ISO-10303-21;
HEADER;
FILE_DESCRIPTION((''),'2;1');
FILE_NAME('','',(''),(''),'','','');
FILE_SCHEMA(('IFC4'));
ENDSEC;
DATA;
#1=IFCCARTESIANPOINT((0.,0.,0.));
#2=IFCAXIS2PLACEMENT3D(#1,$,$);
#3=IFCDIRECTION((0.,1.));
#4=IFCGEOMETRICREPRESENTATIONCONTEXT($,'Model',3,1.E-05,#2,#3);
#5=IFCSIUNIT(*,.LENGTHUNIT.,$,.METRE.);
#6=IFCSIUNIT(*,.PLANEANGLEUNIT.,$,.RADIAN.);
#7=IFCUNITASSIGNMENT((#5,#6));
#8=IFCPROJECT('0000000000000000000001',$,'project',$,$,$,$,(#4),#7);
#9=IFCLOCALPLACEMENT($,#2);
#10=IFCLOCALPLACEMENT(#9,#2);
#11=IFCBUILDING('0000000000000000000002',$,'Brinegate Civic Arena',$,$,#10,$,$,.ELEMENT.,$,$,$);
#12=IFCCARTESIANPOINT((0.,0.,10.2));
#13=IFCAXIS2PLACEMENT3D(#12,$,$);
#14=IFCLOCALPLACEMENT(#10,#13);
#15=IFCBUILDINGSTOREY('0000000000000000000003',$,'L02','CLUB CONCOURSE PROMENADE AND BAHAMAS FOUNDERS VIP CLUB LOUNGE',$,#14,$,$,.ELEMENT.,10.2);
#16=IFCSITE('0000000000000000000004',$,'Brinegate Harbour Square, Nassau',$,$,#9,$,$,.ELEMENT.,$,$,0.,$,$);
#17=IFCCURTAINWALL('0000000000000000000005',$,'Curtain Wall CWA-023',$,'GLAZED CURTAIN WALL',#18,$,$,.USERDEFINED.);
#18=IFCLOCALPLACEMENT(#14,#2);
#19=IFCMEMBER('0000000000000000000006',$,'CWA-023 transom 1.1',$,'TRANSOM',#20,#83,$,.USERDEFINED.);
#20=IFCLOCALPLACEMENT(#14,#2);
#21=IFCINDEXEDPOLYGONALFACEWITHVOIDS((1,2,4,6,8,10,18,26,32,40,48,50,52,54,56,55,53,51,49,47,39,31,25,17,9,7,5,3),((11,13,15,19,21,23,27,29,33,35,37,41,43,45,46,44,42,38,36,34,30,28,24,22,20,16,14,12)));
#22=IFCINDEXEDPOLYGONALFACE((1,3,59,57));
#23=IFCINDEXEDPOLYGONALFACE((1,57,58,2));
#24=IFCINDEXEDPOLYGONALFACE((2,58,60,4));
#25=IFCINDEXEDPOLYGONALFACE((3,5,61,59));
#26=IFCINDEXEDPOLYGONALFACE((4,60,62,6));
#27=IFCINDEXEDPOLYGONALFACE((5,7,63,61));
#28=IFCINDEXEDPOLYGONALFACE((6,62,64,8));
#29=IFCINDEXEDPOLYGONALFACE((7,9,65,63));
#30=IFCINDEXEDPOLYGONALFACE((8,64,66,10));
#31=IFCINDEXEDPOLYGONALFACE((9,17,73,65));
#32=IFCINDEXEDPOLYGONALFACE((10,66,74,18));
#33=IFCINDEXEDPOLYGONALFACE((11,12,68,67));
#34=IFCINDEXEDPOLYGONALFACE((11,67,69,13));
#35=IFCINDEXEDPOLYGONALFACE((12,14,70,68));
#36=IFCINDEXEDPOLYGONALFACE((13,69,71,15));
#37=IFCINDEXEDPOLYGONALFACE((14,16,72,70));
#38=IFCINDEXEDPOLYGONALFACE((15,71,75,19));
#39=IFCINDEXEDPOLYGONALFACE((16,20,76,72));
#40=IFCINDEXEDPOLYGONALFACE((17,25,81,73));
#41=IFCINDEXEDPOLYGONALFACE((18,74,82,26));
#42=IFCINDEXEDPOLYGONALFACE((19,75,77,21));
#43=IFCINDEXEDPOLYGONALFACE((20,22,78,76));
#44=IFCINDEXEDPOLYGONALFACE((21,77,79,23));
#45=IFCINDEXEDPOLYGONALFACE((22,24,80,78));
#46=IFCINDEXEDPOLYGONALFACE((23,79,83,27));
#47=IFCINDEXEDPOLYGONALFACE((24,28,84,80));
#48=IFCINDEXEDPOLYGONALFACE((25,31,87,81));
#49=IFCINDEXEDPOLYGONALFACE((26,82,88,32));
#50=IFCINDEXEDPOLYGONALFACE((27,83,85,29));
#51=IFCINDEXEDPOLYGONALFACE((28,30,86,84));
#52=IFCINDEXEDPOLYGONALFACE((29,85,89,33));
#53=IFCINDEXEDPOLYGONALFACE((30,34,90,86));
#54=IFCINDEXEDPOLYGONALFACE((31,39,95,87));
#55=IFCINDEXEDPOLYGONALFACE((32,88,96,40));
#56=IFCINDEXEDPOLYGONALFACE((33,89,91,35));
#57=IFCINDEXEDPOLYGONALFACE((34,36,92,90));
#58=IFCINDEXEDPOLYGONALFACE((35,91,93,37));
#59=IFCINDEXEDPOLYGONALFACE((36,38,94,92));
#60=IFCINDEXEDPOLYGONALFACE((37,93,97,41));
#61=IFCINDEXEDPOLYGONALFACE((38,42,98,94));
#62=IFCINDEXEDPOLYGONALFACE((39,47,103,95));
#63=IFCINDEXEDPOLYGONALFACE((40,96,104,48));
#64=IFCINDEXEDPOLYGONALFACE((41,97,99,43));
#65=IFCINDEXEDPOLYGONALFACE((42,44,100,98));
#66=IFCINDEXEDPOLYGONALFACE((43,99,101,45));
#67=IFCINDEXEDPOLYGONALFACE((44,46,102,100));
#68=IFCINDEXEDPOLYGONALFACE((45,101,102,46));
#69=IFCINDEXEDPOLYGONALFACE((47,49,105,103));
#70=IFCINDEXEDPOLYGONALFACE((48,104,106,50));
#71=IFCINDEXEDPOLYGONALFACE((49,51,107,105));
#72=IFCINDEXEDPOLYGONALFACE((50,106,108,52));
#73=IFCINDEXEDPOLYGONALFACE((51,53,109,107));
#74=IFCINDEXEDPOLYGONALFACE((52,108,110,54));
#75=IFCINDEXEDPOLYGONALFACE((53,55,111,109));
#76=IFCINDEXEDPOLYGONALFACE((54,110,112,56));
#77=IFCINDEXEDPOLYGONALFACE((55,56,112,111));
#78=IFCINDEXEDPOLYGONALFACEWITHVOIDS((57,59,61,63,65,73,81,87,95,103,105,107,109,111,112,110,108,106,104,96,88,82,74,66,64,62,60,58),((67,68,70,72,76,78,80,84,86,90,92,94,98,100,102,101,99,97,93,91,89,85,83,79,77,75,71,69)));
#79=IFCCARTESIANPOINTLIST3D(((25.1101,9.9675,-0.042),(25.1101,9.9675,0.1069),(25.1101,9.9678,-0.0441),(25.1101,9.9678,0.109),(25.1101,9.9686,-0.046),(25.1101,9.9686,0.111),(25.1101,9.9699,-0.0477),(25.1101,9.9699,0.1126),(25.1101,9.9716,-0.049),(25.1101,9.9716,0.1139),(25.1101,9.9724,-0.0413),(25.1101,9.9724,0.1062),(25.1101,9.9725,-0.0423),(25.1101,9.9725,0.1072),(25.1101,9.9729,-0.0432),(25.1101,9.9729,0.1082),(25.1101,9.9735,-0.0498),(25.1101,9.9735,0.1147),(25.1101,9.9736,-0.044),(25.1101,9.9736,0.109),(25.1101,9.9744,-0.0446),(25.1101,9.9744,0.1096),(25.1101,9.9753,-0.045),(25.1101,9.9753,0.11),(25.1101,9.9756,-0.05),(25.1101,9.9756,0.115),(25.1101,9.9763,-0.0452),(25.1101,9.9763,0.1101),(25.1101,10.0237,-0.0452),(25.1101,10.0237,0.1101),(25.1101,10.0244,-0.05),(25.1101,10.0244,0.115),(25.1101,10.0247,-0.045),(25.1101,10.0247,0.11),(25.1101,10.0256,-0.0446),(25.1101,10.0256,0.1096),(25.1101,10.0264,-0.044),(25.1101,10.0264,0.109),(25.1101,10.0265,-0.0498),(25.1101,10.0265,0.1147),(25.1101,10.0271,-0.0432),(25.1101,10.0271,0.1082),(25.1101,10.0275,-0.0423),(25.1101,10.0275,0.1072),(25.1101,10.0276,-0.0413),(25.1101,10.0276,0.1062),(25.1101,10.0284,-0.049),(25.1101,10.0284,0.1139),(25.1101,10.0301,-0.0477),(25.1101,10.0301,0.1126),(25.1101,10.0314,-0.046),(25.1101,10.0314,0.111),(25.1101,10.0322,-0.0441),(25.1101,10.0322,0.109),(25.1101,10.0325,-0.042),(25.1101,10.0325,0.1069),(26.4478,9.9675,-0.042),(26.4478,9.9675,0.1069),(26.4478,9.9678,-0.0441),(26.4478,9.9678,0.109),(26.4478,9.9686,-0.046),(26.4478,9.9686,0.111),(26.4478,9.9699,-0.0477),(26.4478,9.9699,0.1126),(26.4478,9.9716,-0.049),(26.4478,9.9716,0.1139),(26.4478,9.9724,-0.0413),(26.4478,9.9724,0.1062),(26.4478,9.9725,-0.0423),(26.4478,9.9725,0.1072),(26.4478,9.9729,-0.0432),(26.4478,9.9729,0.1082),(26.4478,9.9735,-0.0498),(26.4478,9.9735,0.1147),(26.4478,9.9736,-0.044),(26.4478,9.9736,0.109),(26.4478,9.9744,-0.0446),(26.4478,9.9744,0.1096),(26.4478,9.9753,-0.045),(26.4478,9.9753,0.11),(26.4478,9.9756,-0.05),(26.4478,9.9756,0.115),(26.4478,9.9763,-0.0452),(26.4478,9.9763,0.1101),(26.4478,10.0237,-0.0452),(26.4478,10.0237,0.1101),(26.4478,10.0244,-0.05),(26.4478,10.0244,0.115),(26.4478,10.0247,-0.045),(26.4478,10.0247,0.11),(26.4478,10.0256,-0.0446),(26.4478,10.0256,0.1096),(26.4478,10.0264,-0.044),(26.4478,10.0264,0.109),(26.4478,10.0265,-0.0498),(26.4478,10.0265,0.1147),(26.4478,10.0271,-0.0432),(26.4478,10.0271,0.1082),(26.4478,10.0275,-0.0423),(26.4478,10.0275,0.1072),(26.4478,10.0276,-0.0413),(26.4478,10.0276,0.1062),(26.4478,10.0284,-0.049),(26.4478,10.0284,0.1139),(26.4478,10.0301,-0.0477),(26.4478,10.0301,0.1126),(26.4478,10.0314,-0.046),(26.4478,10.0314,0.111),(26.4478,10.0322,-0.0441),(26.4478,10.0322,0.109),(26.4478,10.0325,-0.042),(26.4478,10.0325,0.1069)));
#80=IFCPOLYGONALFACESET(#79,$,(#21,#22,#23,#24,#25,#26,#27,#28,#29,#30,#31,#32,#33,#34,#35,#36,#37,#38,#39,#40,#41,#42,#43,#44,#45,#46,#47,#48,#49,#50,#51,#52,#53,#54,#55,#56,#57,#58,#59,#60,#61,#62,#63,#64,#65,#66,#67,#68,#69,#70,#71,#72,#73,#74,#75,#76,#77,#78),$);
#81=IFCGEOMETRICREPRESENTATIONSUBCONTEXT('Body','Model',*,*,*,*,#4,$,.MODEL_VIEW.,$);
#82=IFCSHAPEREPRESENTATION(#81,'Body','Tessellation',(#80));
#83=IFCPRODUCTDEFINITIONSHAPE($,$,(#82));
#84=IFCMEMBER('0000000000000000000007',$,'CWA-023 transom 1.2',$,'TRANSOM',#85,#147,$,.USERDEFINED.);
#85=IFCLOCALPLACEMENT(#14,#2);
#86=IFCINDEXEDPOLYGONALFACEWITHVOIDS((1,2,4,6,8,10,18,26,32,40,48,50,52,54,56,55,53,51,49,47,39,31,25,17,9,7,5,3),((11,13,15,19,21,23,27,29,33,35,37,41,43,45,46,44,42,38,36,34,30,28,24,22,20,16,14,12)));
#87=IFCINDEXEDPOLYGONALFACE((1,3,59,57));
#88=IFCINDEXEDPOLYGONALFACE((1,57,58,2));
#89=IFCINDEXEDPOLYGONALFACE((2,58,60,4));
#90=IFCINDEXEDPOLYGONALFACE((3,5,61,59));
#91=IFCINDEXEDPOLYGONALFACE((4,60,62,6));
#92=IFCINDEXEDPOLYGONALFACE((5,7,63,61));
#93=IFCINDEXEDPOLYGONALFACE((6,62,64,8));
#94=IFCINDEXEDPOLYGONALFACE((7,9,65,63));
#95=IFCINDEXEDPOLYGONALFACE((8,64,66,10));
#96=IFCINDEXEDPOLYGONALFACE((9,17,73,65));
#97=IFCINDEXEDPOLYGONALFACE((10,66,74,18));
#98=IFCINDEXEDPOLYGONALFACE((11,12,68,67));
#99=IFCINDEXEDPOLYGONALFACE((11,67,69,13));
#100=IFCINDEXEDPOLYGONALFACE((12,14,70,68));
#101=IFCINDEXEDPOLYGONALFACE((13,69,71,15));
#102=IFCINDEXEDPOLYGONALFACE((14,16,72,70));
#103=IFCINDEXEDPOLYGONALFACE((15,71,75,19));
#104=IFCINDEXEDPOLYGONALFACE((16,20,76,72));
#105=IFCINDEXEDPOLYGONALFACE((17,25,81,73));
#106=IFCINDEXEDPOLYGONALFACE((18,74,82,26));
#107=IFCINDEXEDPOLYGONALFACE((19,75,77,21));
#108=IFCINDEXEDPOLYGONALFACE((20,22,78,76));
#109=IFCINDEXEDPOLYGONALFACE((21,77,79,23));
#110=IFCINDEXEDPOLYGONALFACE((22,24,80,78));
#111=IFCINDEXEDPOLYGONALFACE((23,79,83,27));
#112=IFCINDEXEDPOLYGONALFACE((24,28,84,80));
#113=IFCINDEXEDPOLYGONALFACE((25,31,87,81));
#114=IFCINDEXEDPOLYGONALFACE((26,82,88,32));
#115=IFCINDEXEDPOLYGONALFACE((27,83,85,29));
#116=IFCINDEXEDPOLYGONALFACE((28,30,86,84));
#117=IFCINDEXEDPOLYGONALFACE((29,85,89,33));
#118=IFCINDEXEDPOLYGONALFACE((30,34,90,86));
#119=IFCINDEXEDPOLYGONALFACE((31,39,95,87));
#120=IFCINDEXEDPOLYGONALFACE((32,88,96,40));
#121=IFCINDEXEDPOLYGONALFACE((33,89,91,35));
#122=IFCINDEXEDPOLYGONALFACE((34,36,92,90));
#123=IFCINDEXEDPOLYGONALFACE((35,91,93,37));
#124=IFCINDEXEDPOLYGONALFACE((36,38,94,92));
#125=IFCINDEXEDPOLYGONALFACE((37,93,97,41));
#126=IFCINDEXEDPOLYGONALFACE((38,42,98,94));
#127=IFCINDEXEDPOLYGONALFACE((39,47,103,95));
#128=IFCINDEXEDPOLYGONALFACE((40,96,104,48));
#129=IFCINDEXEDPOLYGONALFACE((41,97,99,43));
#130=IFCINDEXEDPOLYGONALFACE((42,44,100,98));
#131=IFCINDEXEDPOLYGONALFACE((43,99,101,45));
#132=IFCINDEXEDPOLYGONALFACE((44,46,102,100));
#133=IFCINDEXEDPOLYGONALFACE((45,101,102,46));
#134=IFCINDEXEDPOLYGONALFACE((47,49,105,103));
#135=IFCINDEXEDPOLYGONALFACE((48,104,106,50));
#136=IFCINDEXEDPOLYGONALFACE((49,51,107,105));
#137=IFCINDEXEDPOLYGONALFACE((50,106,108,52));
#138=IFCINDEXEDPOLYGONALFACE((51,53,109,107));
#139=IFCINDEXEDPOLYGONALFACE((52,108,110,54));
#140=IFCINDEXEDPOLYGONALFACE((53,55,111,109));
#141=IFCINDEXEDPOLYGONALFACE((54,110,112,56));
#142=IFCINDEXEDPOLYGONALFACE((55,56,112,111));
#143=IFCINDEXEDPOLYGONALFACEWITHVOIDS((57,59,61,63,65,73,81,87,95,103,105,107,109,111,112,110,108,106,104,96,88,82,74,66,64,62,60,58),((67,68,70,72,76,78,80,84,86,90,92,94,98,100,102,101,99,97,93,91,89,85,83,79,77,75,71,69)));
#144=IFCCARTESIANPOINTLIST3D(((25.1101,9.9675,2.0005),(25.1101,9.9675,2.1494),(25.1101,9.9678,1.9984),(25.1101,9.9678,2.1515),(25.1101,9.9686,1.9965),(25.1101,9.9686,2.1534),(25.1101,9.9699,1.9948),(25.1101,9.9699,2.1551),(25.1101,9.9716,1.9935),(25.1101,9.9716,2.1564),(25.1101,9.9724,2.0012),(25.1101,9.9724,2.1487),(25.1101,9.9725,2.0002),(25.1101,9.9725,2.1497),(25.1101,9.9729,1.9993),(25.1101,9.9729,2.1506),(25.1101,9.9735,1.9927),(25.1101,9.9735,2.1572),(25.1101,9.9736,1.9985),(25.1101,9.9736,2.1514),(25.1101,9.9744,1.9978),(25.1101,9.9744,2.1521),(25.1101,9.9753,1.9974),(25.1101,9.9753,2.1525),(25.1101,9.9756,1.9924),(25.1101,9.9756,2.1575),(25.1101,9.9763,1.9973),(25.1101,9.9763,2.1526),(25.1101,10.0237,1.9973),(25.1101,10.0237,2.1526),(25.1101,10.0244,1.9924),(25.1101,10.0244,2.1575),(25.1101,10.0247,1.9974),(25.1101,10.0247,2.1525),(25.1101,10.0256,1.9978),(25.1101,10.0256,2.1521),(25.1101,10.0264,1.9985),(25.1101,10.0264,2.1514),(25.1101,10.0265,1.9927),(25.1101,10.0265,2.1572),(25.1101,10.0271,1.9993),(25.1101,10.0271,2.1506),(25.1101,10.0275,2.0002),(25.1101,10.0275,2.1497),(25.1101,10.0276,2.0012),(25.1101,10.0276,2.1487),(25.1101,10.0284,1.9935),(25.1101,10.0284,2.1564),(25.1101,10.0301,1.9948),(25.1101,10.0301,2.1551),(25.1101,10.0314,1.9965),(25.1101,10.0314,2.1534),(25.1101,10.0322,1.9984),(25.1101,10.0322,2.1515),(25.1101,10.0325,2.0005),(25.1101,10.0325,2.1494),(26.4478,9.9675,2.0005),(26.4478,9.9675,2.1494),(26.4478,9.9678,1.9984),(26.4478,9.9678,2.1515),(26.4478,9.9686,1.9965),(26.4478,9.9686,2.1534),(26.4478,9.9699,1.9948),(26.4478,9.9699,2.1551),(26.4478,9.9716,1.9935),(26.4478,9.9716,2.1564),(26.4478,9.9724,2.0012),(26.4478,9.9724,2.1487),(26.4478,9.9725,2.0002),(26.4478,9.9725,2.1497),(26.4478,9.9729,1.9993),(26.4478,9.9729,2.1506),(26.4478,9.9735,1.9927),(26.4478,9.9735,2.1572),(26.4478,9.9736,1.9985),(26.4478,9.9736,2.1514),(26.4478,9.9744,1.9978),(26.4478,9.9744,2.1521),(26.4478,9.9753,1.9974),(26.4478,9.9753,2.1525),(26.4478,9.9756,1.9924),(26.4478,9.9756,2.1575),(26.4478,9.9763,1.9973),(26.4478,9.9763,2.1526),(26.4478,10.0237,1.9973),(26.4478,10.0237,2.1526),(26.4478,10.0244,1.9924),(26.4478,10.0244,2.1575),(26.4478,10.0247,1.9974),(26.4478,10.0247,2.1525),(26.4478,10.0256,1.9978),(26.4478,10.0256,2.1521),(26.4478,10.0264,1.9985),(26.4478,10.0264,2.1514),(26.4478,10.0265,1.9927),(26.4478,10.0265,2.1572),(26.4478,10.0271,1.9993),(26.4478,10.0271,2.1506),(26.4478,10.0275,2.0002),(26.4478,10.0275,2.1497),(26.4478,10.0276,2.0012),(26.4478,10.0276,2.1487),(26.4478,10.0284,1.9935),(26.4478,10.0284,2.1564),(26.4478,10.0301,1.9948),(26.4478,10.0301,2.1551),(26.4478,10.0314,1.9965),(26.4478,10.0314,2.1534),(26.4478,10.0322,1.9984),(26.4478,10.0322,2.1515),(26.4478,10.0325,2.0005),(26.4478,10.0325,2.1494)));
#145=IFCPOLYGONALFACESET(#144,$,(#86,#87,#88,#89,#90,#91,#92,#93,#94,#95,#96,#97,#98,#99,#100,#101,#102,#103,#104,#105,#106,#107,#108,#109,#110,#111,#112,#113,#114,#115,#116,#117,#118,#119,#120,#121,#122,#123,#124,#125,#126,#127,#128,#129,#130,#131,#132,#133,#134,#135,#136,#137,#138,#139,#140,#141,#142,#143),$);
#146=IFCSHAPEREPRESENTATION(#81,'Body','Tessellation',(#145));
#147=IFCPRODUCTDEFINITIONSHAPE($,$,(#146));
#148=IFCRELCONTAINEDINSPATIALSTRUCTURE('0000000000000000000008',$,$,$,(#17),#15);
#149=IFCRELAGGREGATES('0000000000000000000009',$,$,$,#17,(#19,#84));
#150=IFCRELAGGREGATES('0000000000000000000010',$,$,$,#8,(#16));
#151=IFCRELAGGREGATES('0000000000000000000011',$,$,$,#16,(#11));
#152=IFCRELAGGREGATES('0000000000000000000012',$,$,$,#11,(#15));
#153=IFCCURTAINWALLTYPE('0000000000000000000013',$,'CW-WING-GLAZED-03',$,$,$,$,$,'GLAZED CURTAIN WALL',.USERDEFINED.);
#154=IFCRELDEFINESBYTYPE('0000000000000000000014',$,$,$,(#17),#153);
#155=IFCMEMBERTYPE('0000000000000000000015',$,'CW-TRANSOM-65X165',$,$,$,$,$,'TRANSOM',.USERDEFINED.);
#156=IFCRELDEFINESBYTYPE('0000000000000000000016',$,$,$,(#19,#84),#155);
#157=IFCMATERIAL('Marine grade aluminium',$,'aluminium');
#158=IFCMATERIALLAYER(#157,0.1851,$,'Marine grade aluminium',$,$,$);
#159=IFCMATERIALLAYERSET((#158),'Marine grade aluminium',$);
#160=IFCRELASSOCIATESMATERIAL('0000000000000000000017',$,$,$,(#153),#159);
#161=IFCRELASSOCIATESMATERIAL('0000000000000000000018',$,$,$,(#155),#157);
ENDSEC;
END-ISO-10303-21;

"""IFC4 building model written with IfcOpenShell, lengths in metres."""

from ifc_helpers import new_model, si_unit, direction, frame, origin, origin_2d, place, context, subcontext, project, spatial, hollow_rectangle, extrude, material, layer, layer_set, material_profile, profile_set, type_object, element, aggregate, save


model = new_model("IFC4")

# Units and contexts
model_context = context("Model", 3, precision=1e-05, world=origin(), true_north=direction((0.0, 1.0)))
body_context = subcontext(model_context, "Body", "Model", "MODEL_VIEW")
ifc_project = project(units=[si_unit("LENGTHUNIT", "METRE"), si_unit("PLANEANGLEUNIT", "RADIAN")], contexts=[model_context])

# Site, building, storey
site_placement = place(None, origin())
site = spatial("IfcSite", under=ifc_project, at=site_placement, Name="Brinegate Harbour Square, Nassau", CompositionType="ELEMENT", RefElevation=0.0)
building_placement = place(site_placement, origin())
building = spatial("IfcBuilding", under=site, at=building_placement, Name="Brinegate Civic Arena", CompositionType="ELEMENT")
storey_placement = place(building_placement, frame((0.0, 0.0, 10.2)))
storey = spatial("IfcBuildingStorey", under=building, at=storey_placement, Name="L02", Description="CLUB CONCOURSE PROMENADE AND BAHAMAS FOUNDERS VIP CLUB LOUNGE", CompositionType="ELEMENT", Elevation=10.2)

# Curtain wall, members
ifc_material_1 = material(Name="Marine grade aluminium", Category="aluminium")
ifc_layer_1 = layer(ifc_material_1, 0.1851, Name="Marine grade aluminium")
ifc_layer_set_1 = layer_set([ifc_layer_1], Name="Marine grade aluminium")
curtain_wall_type = type_object("IfcCurtainWallType", Name="CW-WING-GLAZED-03", ElementType="GLAZED CURTAIN WALL", PredefinedType="USERDEFINED", material=ifc_layer_set_1)
curtain_wall_placement = place(storey_placement, origin())
curtain_wall = element("IfcCurtainWall", 1, at=curtain_wall_placement, inside=storey, type_object=curtain_wall_type, Name="Curtain Wall CWA-023", ObjectType="GLAZED CURTAIN WALL", PredefinedType="USERDEFINED")
ifc_material_profile_1 = material_profile(ifc_material_1, hollow_rectangle(XDim=0.0649, YDim=0.165, WallThickness=0.0049, InnerFilletRadius=0.0039, OuterFilletRadius=0.0081, at=origin_2d()), Name="TRN65X165")
ifc_profile_set_1 = profile_set([ifc_material_profile_1], Name="Marine grade aluminium")
member_type_1 = type_object("IfcMemberType", Name="CW-TRANSOM-65X165", ElementType="TRANSOM", PredefinedType="USERDEFINED", material=ifc_profile_set_1)
member_1_placement = place(storey_placement, frame((25.1101, 10.0, 0.0325), z_axis=(1.0, 0.0, 0.0), x_axis=(0.0, 1.0, 0.0)))
member_1 = element("IfcMember", 2, at=member_1_placement, type_object=member_type_1, Name="CWA-023 transom 1.1", ObjectType="TRANSOM", PredefinedType="USERDEFINED", context=body_context, shape_type="SweptSolid", body=[
    extrude(hollow_rectangle(XDim=0.0649, YDim=0.165, WallThickness=0.0049, InnerFilletRadius=0.0039, OuterFilletRadius=0.0081, at=origin_2d()), origin(), (0.0, 0.0, 1.0), 1.3376),
])
member_2_placement = place(storey_placement, frame((25.1101, 10.0, 2.075), z_axis=(1.0, 0.0, 0.0), x_axis=(0.0, 1.0, 0.0)))
member_2 = element("IfcMember", 3, at=member_2_placement, type_object=member_type_1, Name="CWA-023 transom 1.2", ObjectType="TRANSOM", PredefinedType="USERDEFINED", context=body_context, shape_type="SweptSolid", body=[
    extrude(hollow_rectangle(XDim=0.0649, YDim=0.165, WallThickness=0.0049, InnerFilletRadius=0.0039, OuterFilletRadius=0.0081, at=origin_2d()), origin(), (0.0, 0.0, 1.0), 1.3376),
])

aggregate(curtain_wall, [member_1, member_2])

save(model, "model.ifc")
